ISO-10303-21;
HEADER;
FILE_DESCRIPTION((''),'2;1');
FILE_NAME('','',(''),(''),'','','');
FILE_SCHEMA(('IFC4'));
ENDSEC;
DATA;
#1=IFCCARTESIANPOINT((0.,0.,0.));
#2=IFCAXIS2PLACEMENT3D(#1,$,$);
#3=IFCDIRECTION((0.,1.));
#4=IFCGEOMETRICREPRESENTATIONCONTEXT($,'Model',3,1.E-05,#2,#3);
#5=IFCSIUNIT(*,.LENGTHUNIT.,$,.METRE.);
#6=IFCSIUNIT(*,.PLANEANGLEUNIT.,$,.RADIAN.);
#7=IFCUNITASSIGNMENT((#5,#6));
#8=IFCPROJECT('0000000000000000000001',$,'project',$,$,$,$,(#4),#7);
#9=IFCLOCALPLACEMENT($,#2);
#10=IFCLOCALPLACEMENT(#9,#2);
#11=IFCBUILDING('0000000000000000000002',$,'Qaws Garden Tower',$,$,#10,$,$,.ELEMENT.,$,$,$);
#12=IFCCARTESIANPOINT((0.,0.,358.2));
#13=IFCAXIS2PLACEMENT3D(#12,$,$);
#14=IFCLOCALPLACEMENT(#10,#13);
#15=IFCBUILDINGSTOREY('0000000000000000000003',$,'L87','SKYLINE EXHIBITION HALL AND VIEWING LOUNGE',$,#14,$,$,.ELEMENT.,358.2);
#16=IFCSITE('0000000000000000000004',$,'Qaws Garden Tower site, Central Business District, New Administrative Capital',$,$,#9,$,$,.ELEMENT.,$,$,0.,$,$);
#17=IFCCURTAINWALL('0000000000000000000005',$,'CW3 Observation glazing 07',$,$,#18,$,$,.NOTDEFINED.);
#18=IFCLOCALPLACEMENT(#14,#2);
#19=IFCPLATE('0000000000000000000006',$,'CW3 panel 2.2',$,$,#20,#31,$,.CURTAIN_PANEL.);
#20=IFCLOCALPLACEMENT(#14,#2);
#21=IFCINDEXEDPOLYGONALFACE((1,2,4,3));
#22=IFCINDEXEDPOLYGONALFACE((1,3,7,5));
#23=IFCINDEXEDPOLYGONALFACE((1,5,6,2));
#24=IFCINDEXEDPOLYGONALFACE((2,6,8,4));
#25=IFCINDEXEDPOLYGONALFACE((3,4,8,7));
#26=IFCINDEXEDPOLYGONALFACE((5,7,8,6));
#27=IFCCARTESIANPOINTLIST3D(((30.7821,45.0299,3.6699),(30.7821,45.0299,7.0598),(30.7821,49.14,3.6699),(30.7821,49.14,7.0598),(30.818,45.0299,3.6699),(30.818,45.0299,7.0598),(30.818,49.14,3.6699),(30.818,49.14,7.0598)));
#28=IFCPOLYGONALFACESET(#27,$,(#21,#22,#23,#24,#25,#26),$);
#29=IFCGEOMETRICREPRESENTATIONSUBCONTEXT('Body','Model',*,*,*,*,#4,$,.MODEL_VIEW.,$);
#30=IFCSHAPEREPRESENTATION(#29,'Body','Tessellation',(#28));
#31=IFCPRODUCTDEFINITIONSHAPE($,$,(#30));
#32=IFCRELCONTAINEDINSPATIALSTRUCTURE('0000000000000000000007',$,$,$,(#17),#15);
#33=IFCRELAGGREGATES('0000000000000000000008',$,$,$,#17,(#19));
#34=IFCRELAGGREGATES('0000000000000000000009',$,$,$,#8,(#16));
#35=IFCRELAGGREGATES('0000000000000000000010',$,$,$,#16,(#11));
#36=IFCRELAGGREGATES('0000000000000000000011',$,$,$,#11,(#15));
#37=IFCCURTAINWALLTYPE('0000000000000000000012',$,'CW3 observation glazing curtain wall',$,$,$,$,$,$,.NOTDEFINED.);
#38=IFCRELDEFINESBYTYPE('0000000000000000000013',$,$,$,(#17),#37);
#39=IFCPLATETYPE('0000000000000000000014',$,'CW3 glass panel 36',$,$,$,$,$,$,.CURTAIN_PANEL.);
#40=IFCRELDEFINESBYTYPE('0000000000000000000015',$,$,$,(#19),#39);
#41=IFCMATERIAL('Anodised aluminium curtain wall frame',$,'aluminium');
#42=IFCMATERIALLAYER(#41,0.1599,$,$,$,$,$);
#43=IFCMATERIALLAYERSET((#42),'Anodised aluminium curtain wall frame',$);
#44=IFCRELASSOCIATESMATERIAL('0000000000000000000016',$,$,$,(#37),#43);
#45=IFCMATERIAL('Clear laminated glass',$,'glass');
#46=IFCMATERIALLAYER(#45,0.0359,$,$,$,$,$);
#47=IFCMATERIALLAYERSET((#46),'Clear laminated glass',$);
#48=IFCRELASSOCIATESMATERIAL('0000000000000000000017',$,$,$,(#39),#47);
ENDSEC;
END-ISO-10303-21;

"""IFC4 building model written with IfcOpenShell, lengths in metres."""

from ifc_helpers import new_model, si_unit, direction, frame, origin, origin_2d, place, context, subcontext, project, spatial, rectangle, extrude, material, layer, layer_set, type_object, element, aggregate, save


model = new_model("IFC4")

# Units and contexts
model_context = context("Model", 3, precision=1e-05, world=origin(), true_north=direction((0.0, 1.0)))
body_context = subcontext(model_context, "Body", "Model", "MODEL_VIEW")
ifc_project = project(units=[si_unit("LENGTHUNIT", "METRE"), si_unit("PLANEANGLEUNIT", "RADIAN")], contexts=[model_context])

# Site, building, storey
site_placement = place(None, origin())
site = spatial("IfcSite", under=ifc_project, at=site_placement, Name="Qaws Garden Tower site, Central Business District, New Administrative Capital", CompositionType="ELEMENT", RefElevation=0.0)
building_placement = place(site_placement, origin())
building = spatial("IfcBuilding", under=site, at=building_placement, Name="Qaws Garden Tower", CompositionType="ELEMENT")
storey_placement = place(building_placement, frame((0.0, 0.0, 358.2)))
storey = spatial("IfcBuildingStorey", under=building, at=storey_placement, Name="L87", Description="SKYLINE EXHIBITION HALL AND VIEWING LOUNGE", CompositionType="ELEMENT", Elevation=358.2)

# Shared definitions
ifc_material_1 = material(Name="Anodised aluminium curtain wall frame", Category="aluminium")
ifc_layer_1 = layer(ifc_material_1, 0.1599)
ifc_layer_set_1 = layer_set([ifc_layer_1], Name="Anodised aluminium curtain wall frame")
curtain_wall_type = type_object("IfcCurtainWallType", Name="CW3 observation glazing curtain wall", PredefinedType="NOTDEFINED", material=ifc_layer_set_1)
placement = place(storey_placement, origin())

# Curtain wall
curtain_wall_1 = element("IfcCurtainWall", 1, at=placement, inside=storey, type_object=curtain_wall_type, Name="CW3 Observation glazing 07", PredefinedType="NOTDEFINED")

# Plate
ifc_material_2 = material(Name="Clear laminated glass", Category="glass")
ifc_layer_2 = layer(ifc_material_2, 0.0359)
ifc_layer_set_2 = layer_set([ifc_layer_2], Name="Clear laminated glass")
plate_type = type_object("IfcPlateType", Name="CW3 glass panel 36", PredefinedType="CURTAIN_PANEL", material=ifc_layer_set_2)
plate_1_placement = place(storey_placement, frame((30.8, 47.085, 3.6699), z_axis=(0.0, 0.0, 1.0), x_axis=(0.0, 1.0, 0.0)))
plate_1 = element("IfcPlate", 2, at=plate_1_placement, type_object=plate_type, Name="CW3 panel 2.2", PredefinedType="CURTAIN_PANEL", context=body_context, shape_type="SweptSolid", body=[
    extrude(rectangle(XDim=4.1101, YDim=0.0359, at=origin_2d()), origin(), (0.0, 0.0, 1.0), 3.3899),
])
aggregate(curtain_wall_1, [plate_1])

save(model, "model.ifc")
